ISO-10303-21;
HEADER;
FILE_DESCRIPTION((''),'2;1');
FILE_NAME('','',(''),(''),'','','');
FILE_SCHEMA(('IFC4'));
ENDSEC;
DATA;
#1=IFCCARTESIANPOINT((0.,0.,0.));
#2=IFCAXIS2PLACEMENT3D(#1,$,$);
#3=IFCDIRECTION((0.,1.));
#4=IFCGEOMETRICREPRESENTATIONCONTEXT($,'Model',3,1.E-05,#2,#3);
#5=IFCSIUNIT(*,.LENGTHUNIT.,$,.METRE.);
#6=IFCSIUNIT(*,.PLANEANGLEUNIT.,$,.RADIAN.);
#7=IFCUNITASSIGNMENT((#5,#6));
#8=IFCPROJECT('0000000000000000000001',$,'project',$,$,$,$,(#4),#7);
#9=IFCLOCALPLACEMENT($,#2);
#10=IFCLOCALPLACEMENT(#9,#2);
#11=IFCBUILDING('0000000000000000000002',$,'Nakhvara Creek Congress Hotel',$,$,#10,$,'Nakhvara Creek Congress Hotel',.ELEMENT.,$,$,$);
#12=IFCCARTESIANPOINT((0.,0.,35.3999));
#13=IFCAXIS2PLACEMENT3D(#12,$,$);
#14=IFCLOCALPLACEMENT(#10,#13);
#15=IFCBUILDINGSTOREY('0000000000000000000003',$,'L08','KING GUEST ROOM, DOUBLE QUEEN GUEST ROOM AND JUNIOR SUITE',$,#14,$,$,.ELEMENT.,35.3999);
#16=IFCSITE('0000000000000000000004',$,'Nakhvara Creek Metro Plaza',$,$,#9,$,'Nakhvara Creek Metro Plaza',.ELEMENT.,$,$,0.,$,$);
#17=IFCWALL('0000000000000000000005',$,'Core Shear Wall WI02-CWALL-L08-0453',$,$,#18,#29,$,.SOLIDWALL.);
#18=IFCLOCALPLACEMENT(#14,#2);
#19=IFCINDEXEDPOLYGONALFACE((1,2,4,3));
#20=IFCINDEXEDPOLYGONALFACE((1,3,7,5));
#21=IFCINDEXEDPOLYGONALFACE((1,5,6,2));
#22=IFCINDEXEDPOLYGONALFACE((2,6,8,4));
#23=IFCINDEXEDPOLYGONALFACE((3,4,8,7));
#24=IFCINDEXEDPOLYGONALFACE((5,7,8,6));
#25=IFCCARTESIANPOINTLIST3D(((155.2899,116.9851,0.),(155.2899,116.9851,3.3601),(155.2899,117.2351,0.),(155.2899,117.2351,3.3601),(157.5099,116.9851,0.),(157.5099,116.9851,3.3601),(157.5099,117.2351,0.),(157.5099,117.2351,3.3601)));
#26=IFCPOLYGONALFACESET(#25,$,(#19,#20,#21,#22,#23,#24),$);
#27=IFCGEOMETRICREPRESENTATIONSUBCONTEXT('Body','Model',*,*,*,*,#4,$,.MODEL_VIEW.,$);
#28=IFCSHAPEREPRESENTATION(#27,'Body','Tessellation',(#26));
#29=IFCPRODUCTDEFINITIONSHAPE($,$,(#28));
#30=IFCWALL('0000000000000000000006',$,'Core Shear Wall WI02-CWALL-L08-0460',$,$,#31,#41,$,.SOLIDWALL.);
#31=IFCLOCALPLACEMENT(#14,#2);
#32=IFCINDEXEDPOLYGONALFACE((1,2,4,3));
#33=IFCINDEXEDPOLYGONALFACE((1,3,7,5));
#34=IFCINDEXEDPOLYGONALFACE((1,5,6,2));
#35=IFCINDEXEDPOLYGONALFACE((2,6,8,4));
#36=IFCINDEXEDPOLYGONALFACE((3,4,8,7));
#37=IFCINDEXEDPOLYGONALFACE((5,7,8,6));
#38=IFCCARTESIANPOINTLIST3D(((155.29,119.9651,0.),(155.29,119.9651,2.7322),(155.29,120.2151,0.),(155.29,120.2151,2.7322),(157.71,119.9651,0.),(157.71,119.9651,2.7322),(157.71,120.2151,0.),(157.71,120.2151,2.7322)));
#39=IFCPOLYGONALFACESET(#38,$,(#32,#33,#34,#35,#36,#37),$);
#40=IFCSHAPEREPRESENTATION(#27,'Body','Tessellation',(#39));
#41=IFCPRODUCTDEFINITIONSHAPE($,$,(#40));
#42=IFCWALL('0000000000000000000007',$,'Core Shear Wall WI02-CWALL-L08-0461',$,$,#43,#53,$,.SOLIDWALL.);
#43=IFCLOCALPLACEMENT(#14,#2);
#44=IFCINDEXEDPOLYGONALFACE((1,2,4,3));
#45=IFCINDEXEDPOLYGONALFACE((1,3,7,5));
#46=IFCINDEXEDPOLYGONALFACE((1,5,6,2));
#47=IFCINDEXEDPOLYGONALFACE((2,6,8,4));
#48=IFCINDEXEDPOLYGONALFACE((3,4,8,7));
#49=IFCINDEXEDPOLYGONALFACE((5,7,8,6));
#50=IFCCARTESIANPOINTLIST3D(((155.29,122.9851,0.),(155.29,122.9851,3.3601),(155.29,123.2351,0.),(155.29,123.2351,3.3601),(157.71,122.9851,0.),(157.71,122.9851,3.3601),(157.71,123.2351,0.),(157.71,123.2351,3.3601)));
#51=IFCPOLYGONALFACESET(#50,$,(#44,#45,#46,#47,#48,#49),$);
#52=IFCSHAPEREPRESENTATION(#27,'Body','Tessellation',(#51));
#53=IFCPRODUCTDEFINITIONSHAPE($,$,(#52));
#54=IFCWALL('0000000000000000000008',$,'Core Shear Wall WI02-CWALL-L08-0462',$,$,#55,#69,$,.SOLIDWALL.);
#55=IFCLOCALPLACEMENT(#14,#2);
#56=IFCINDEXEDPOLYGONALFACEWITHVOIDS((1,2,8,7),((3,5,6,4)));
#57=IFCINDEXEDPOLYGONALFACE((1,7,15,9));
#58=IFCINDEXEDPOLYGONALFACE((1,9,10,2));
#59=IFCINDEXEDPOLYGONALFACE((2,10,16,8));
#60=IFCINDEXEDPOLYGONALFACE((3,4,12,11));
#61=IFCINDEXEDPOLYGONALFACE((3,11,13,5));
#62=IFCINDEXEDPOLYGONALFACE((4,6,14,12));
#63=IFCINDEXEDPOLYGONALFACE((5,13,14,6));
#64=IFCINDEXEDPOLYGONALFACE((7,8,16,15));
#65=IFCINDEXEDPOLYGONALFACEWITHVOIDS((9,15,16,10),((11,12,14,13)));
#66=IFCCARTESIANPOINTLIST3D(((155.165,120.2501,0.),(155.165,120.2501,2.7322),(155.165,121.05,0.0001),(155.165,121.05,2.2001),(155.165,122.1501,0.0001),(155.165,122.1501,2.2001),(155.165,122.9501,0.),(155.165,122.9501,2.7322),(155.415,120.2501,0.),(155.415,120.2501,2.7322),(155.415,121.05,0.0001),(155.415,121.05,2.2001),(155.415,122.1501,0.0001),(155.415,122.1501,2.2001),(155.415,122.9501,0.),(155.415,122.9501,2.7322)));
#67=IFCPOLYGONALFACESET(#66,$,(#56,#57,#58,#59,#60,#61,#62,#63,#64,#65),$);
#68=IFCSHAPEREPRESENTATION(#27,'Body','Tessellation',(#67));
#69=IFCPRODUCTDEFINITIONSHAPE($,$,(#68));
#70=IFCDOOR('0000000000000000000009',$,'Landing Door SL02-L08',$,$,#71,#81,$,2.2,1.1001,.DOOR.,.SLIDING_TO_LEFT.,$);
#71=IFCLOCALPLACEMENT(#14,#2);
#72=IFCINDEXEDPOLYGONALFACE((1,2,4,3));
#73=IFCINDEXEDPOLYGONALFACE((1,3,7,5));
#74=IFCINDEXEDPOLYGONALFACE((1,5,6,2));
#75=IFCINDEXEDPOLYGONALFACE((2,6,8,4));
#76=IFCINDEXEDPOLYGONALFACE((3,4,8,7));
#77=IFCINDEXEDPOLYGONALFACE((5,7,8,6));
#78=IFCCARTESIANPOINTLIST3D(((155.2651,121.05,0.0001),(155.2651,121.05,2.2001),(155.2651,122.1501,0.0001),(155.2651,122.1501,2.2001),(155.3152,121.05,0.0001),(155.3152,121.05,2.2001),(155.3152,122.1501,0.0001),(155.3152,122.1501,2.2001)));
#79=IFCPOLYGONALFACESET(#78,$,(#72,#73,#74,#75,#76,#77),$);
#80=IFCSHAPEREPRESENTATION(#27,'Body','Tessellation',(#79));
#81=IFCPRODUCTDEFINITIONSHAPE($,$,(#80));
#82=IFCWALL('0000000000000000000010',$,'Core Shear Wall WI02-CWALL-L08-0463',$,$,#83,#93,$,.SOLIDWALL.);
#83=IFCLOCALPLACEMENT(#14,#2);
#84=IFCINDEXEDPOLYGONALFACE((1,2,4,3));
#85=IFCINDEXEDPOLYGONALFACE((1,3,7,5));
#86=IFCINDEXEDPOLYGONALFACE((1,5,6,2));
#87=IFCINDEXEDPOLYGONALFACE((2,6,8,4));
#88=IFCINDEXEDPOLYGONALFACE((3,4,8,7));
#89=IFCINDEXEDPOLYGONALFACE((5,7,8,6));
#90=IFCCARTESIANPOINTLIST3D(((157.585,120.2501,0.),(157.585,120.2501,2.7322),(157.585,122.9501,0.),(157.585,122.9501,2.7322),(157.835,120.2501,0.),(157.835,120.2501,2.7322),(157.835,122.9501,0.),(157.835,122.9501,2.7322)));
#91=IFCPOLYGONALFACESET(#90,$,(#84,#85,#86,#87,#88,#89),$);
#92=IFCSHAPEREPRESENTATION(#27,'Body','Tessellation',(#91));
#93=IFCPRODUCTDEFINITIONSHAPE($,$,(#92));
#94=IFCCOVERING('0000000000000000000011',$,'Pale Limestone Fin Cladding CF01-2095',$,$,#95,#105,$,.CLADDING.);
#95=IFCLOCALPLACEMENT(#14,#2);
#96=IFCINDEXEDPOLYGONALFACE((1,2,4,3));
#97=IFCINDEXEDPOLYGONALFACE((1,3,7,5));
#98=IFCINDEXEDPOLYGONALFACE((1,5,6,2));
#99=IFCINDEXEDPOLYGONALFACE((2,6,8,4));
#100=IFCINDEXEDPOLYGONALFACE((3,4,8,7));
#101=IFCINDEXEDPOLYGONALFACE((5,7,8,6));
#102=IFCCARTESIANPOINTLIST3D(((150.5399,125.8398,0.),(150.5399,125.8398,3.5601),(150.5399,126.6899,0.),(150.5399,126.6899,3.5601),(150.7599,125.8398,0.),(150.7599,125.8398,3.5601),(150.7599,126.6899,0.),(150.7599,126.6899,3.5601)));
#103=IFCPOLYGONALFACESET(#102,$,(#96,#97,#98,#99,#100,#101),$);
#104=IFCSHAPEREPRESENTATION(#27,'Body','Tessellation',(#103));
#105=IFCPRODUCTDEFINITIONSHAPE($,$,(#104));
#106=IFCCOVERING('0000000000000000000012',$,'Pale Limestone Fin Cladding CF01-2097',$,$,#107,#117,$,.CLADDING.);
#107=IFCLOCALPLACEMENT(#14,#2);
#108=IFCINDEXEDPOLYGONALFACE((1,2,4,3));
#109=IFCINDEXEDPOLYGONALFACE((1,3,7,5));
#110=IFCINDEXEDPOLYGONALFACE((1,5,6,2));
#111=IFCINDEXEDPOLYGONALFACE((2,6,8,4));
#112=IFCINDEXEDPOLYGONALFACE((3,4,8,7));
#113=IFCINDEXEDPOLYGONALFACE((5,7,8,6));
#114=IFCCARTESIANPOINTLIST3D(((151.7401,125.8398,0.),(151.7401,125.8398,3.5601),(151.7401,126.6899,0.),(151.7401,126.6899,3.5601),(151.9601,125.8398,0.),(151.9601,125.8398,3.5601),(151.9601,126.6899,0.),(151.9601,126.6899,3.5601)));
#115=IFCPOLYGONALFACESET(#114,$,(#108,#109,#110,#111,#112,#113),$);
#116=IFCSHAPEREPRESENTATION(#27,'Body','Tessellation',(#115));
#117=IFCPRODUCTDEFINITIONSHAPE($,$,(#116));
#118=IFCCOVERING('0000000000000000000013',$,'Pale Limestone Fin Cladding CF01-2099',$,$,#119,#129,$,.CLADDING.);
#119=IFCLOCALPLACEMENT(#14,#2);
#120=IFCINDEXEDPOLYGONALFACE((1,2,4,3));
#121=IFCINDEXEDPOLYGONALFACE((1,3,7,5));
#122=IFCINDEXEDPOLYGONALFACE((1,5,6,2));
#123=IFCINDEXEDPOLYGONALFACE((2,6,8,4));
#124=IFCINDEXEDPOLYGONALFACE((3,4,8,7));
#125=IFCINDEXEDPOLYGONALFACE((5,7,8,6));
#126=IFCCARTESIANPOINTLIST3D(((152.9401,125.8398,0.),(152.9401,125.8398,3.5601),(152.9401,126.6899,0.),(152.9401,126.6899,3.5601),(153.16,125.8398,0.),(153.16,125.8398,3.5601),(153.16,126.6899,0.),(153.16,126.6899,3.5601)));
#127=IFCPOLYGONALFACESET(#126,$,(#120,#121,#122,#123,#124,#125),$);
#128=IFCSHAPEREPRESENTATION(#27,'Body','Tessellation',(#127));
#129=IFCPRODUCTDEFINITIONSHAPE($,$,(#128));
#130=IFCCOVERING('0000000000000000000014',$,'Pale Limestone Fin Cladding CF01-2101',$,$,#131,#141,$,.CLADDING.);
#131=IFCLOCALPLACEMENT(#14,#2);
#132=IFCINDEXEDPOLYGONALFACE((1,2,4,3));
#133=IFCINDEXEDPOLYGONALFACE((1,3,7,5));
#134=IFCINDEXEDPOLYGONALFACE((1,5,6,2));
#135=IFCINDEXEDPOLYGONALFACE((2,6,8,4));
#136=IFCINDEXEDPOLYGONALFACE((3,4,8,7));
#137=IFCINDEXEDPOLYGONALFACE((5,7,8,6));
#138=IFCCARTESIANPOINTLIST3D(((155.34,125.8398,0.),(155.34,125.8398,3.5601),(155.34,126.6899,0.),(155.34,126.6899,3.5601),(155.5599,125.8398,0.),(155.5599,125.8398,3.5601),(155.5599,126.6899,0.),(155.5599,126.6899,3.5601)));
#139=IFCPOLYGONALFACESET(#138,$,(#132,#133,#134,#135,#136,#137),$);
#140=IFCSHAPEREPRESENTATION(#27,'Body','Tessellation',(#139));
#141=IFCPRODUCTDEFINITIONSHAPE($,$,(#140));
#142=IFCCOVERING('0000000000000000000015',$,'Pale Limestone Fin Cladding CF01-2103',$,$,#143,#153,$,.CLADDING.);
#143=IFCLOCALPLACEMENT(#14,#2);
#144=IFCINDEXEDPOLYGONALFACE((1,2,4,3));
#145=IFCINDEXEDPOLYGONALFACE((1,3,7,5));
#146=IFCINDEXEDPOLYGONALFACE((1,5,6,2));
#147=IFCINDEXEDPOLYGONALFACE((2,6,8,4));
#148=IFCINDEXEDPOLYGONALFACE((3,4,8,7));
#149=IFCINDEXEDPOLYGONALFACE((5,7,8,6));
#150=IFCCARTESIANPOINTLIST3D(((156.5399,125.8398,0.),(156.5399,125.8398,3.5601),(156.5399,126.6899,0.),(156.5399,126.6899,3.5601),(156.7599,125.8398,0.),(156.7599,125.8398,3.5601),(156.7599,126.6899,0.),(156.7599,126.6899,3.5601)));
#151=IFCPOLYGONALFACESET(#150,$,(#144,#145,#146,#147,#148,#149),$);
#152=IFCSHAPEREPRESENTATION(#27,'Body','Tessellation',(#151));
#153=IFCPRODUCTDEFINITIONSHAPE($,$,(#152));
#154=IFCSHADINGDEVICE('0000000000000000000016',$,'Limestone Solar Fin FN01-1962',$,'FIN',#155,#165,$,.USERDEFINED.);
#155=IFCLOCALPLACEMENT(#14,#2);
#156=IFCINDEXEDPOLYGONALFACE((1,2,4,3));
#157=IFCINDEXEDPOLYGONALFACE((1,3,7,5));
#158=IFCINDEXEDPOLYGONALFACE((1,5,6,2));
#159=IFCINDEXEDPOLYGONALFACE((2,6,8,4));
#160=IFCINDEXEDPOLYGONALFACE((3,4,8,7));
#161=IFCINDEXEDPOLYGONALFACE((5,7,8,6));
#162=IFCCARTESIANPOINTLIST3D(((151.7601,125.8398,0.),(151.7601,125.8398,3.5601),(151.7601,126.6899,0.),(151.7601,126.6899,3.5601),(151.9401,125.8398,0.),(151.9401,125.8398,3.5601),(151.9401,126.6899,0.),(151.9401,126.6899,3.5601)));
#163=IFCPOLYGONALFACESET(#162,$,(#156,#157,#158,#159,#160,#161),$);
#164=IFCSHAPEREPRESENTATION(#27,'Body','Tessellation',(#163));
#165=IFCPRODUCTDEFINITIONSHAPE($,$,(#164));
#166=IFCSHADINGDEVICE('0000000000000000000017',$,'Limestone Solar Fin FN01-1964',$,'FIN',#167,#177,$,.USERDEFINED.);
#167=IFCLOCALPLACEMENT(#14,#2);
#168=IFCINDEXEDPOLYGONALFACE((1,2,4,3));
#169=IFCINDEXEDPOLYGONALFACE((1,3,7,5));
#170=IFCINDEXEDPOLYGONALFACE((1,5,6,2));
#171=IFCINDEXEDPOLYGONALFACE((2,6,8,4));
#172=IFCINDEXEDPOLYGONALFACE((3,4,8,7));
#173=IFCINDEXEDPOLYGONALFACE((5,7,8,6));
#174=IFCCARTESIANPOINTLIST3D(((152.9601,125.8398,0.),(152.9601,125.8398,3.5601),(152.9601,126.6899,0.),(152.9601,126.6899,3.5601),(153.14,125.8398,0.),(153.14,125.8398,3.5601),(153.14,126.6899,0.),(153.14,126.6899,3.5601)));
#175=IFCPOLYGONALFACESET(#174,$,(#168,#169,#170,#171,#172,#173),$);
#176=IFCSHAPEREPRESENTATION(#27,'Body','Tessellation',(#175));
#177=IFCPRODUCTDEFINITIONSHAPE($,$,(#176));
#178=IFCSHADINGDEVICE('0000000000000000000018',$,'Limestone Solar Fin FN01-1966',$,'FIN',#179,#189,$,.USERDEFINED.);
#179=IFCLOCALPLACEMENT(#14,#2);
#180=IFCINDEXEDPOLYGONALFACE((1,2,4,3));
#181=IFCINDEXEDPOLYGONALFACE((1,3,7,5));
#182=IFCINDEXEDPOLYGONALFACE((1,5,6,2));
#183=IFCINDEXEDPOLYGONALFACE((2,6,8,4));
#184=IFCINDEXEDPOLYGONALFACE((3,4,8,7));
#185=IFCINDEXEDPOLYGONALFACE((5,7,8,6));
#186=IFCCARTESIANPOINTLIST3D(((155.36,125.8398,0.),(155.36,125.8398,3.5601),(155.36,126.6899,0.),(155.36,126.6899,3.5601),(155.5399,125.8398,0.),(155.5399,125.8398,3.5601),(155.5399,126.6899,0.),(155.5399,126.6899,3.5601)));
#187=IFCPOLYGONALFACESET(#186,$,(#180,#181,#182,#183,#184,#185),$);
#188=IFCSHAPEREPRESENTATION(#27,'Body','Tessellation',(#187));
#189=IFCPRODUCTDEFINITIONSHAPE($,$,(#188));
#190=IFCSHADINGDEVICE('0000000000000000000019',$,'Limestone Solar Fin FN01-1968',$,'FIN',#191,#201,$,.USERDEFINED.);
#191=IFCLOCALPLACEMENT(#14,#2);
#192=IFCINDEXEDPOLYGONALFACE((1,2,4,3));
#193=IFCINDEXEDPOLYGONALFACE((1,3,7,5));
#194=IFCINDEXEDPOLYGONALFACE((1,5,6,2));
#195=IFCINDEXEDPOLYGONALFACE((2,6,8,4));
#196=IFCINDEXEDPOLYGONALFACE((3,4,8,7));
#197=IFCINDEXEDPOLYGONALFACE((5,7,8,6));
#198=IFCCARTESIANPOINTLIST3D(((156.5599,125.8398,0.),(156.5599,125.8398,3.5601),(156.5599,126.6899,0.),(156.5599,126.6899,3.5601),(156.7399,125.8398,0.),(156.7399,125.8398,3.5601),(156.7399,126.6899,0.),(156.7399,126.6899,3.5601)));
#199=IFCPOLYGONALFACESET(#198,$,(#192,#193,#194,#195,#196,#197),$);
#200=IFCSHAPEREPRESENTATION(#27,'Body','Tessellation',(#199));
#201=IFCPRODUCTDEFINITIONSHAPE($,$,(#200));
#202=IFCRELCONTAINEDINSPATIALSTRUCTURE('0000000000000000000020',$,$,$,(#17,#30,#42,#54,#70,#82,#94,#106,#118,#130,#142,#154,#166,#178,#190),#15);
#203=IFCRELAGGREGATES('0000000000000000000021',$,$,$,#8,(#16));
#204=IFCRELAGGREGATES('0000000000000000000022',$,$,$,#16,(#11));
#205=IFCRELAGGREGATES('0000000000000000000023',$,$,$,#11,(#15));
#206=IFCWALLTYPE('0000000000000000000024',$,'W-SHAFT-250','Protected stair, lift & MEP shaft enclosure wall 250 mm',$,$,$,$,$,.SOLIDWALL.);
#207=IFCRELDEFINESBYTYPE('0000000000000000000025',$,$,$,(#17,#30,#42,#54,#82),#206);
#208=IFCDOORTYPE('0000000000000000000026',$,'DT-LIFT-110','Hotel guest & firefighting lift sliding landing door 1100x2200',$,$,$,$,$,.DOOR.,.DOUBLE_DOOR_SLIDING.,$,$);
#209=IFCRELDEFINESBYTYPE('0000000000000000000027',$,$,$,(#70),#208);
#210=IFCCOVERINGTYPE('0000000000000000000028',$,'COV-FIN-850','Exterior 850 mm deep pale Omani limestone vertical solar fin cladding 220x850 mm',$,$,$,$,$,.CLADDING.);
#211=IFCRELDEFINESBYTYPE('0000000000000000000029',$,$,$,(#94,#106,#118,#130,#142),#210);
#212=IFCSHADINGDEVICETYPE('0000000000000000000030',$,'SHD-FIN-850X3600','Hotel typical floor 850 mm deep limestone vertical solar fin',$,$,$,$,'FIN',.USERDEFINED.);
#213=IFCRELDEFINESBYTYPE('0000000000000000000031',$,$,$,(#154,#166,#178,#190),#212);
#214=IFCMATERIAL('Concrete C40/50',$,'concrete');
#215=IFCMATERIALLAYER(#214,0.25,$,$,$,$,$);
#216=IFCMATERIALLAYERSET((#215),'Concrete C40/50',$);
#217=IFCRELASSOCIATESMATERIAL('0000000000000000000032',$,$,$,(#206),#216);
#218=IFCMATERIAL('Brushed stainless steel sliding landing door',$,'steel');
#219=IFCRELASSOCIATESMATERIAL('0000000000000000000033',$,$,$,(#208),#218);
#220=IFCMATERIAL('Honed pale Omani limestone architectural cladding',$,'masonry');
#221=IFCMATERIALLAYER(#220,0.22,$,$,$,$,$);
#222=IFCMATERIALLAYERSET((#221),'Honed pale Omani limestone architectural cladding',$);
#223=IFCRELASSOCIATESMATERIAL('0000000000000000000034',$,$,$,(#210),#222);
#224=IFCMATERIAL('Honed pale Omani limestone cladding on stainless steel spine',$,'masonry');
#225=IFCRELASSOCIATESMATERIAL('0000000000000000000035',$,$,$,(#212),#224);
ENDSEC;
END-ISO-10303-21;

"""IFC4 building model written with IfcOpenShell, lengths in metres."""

from ifc_helpers import new_model, si_unit, direction, frame, frame_2d, origin, origin_2d, place, context, subcontext, project, spatial, rectangle, extrude, material, layer, layer_set, type_object, element, fill, save


model = new_model("IFC4")

# Units and contexts
model_context = context("Model", 3, precision=1e-05, world=origin(), true_north=direction((0.0, 1.0)))
body_context = subcontext(model_context, "Body", "Model", "MODEL_VIEW")
ifc_project = project(units=[si_unit("LENGTHUNIT", "METRE"), si_unit("PLANEANGLEUNIT", "RADIAN")], contexts=[model_context])

# Site, building, storey
site_placement = place(None, origin())
site = spatial("IfcSite", under=ifc_project, at=site_placement, Name="Nakhvara Creek Metro Plaza", LongName="Nakhvara Creek Metro Plaza", CompositionType="ELEMENT", RefElevation=0.0)
building_placement = place(site_placement, origin())
building = spatial("IfcBuilding", under=site, at=building_placement, Name="Nakhvara Creek Congress Hotel", LongName="Nakhvara Creek Congress Hotel", CompositionType="ELEMENT")
storey_placement = place(building_placement, frame((0.0, 0.0, 35.3999)))
storey = spatial("IfcBuildingStorey", under=building, at=storey_placement, Name="L08", Description="KING GUEST ROOM, DOUBLE QUEEN GUEST ROOM AND JUNIOR SUITE", CompositionType="ELEMENT", Elevation=35.3999)

# Walls
ifc_material_1 = material(Name="Concrete C40/50", Category="concrete")
ifc_layer_1 = layer(ifc_material_1, 0.25)
ifc_layer_set_1 = layer_set([ifc_layer_1], Name="Concrete C40/50")
wall_type = type_object("IfcWallType", Name="W-SHAFT-250", Description="Protected stair, lift & MEP shaft enclosure wall 250 mm", PredefinedType="SOLIDWALL", material=ifc_layer_set_1)
wall_1_placement = place(storey_placement, frame((155.29, 117.1101, 0.0), z_axis=(0.0, 0.0, 1.0), x_axis=(1.0, 0.0, 0.0)))
element("IfcWall", 1, at=wall_1_placement, inside=storey, type_object=wall_type, Name="Core Shear Wall WI02-CWALL-L08-0453", PredefinedType="SOLIDWALL", context=body_context, shape_type="SweptSolid", body=[
    extrude(rectangle(XDim=2.22, YDim=0.25, at=frame_2d((1.1099, 0.0))), origin(), (0.0, 0.0, 1.0), 3.3601),
])
wall_2_placement = place(storey_placement, frame((155.29, 120.0901, 0.0), z_axis=(0.0, 0.0, 1.0), x_axis=(1.0, 0.0, 0.0)))
element("IfcWall", 2, at=wall_2_placement, inside=storey, type_object=wall_type, Name="Core Shear Wall WI02-CWALL-L08-0460", PredefinedType="SOLIDWALL", context=body_context, shape_type="SweptSolid", body=[
    extrude(rectangle(XDim=2.4199, YDim=0.25, at=frame_2d((1.21, 0.0))), origin(), (0.0, 0.0, 1.0), 2.7322),
])
wall_3_placement = place(storey_placement, frame((155.29, 123.1101, 0.0), z_axis=(0.0, 0.0, 1.0), x_axis=(1.0, 0.0, 0.0)))
element("IfcWall", 3, at=wall_3_placement, inside=storey, type_object=wall_type, Name="Core Shear Wall WI02-CWALL-L08-0461", PredefinedType="SOLIDWALL", context=body_context, shape_type="SweptSolid", body=[
    extrude(rectangle(XDim=2.4199, YDim=0.25, at=frame_2d((1.21, 0.0))), origin(), (0.0, 0.0, 1.0), 3.3601),
])

# Wall, opening, door
wall_4_placement = place(storey_placement, frame((155.29, 120.25, 0.0), z_axis=(0.0, 0.0, 1.0), x_axis=(0.0, 1.0, 0.0)))
wall_4 = element("IfcWall", 4, at=wall_4_placement, inside=storey, type_object=wall_type, Name="Core Shear Wall WI02-CWALL-L08-0462", PredefinedType="SOLIDWALL", context=body_context, shape_type="SweptSolid", body=[
    extrude(rectangle(XDim=2.7, YDim=0.25, at=frame_2d((1.3501, 0.0))), origin(), (0.0, 0.0, 1.0), 2.7322),
])
opening_placement = place(wall_4_placement, frame((0.8, 0.0, 0.0)))
opening = element("IfcOpeningElement", 5, at=opening_placement, cuts=wall_4, PredefinedType="OPENING", context=body_context, shape_type="SweptSolid", body=[
    extrude(rectangle(XDim=1.1001, YDim=2.2, at=frame_2d((0.55, 1.1001))), frame((0.0, 0.137, 0.0), z_axis=(0.0, -1.0, 0.0), x_axis=(1.0, 0.0, 0.0)), (0.0, 0.0, 1.0), 0.2739),
])
ifc_material_2 = material(Name="Brushed stainless steel sliding landing door", Category="steel")
door_type = type_object("IfcDoorType", Name="DT-LIFT-110", Description="Hotel guest & firefighting lift sliding landing door 1100x2200", OperationType="DOUBLE_DOOR_SLIDING", PredefinedType="DOOR", material=ifc_material_2)
door_placement = place(opening_placement, origin())
door = element("IfcDoor", 6, at=door_placement, inside=storey, type_object=door_type, Name="Landing Door SL02-L08", OperationType="SLIDING_TO_LEFT", OverallHeight=2.2, OverallWidth=1.1001, PredefinedType="DOOR", context=body_context, shape_type="SweptSolid", body=[
    extrude(rectangle(XDim=1.1001, YDim=2.2, at=frame_2d((0.55, 1.1001))), frame((0.0, 0.0249, 0.0), z_axis=(0.0, -1.0, 0.0), x_axis=(1.0, 0.0, 0.0)), (0.0, 0.0, 1.0), 0.05),
])
fill(opening, door)

# Wall
wall_5_placement = place(storey_placement, frame((157.71, 120.25, 0.0), z_axis=(0.0, 0.0, 1.0), x_axis=(0.0, 1.0, 0.0)))
element("IfcWall", 7, at=wall_5_placement, inside=storey, type_object=wall_type, Name="Core Shear Wall WI02-CWALL-L08-0463", PredefinedType="SOLIDWALL", context=body_context, shape_type="SweptSolid", body=[
    extrude(rectangle(XDim=2.7, YDim=0.25, at=frame_2d((1.3501, 0.0))), origin(), (0.0, 0.0, 1.0), 2.7322),
])

# Coverings
ifc_material_3 = material(Name="Honed pale Omani limestone architectural cladding", Category="masonry")
ifc_layer_2 = layer(ifc_material_3, 0.22)
ifc_layer_set_2 = layer_set([ifc_layer_2], Name="Honed pale Omani limestone architectural cladding")
covering_type = type_object("IfcCoveringType", Name="COV-FIN-850", Description="Exterior 850 mm deep pale Omani limestone vertical solar fin cladding 220x850 mm", PredefinedType="CLADDING", material=ifc_layer_set_2)
for number, where, z_axis, x_axis, name in (
    (8, (150.6499, 126.2649, 0.0), (0.0, 0.0, 1.0), (1.0, 0.0, 0.0), "Pale Limestone Fin Cladding CF01-2095"),
    (9, (151.8501, 126.2649, 0.0), (0.0, 0.0, 1.0), (1.0, 0.0, 0.0), "Pale Limestone Fin Cladding CF01-2097"),
    (10, (153.05, 126.2649, 0.0), (0.0, 0.0, 1.0), (1.0, 0.0, 0.0), "Pale Limestone Fin Cladding CF01-2099"),
    (11, (155.45, 126.2649, 0.0), (0.0, 0.0, 1.0), (1.0, 0.0, 0.0), "Pale Limestone Fin Cladding CF01-2101"),
    (12, (156.6499, 126.2649, 0.0), (0.0, 0.0, 1.0), (1.0, 0.0, 0.0), "Pale Limestone Fin Cladding CF01-2103"),
):
    element("IfcCovering", number, at=place(storey_placement, frame(where, z_axis=z_axis, x_axis=x_axis)), inside=storey, type_object=covering_type, Name=name, PredefinedType="CLADDING", context=body_context, shape_type="SweptSolid", body=[
        extrude(rectangle(XDim=0.22, YDim=0.8501, at=origin_2d()), origin(), (0.0, 0.0, 1.0), 3.5601),
    ])

# Shading devices
ifc_material_4 = material(Name="Honed pale Omani limestone cladding on stainless steel spine", Category="masonry")
shading_device_type = type_object("IfcShadingDeviceType", Name="SHD-FIN-850X3600", Description="Hotel typical floor 850 mm deep limestone vertical solar fin", ElementType="FIN", PredefinedType="USERDEFINED", material=ifc_material_4)
for number, where, z_axis, x_axis, name in (
    (13, (151.8501, 126.2649, 0.0), (0.0, 0.0, 1.0), (1.0, 0.0, 0.0), "Limestone Solar Fin FN01-1962"),
    (14, (153.05, 126.2649, 0.0), (0.0, 0.0, 1.0), (1.0, 0.0, 0.0), "Limestone Solar Fin FN01-1964"),
    (15, (155.45, 126.2649, 0.0), (0.0, 0.0, 1.0), (1.0, 0.0, 0.0), "Limestone Solar Fin FN01-1966"),
    (16, (156.6499, 126.2649, 0.0), (0.0, 0.0, 1.0), (1.0, 0.0, 0.0), "Limestone Solar Fin FN01-1968"),
):
    element("IfcShadingDevice", number, at=place(storey_placement, frame(where, z_axis=z_axis, x_axis=x_axis)), inside=storey, type_object=shading_device_type, Name=name, ObjectType="FIN", PredefinedType="USERDEFINED", context=body_context, shape_type="SweptSolid", body=[
        extrude(rectangle(XDim=0.1799, YDim=0.8501, at=origin_2d()), origin(), (0.0, 0.0, 1.0), 3.5601),
    ])

save(model, "model.ifc")
